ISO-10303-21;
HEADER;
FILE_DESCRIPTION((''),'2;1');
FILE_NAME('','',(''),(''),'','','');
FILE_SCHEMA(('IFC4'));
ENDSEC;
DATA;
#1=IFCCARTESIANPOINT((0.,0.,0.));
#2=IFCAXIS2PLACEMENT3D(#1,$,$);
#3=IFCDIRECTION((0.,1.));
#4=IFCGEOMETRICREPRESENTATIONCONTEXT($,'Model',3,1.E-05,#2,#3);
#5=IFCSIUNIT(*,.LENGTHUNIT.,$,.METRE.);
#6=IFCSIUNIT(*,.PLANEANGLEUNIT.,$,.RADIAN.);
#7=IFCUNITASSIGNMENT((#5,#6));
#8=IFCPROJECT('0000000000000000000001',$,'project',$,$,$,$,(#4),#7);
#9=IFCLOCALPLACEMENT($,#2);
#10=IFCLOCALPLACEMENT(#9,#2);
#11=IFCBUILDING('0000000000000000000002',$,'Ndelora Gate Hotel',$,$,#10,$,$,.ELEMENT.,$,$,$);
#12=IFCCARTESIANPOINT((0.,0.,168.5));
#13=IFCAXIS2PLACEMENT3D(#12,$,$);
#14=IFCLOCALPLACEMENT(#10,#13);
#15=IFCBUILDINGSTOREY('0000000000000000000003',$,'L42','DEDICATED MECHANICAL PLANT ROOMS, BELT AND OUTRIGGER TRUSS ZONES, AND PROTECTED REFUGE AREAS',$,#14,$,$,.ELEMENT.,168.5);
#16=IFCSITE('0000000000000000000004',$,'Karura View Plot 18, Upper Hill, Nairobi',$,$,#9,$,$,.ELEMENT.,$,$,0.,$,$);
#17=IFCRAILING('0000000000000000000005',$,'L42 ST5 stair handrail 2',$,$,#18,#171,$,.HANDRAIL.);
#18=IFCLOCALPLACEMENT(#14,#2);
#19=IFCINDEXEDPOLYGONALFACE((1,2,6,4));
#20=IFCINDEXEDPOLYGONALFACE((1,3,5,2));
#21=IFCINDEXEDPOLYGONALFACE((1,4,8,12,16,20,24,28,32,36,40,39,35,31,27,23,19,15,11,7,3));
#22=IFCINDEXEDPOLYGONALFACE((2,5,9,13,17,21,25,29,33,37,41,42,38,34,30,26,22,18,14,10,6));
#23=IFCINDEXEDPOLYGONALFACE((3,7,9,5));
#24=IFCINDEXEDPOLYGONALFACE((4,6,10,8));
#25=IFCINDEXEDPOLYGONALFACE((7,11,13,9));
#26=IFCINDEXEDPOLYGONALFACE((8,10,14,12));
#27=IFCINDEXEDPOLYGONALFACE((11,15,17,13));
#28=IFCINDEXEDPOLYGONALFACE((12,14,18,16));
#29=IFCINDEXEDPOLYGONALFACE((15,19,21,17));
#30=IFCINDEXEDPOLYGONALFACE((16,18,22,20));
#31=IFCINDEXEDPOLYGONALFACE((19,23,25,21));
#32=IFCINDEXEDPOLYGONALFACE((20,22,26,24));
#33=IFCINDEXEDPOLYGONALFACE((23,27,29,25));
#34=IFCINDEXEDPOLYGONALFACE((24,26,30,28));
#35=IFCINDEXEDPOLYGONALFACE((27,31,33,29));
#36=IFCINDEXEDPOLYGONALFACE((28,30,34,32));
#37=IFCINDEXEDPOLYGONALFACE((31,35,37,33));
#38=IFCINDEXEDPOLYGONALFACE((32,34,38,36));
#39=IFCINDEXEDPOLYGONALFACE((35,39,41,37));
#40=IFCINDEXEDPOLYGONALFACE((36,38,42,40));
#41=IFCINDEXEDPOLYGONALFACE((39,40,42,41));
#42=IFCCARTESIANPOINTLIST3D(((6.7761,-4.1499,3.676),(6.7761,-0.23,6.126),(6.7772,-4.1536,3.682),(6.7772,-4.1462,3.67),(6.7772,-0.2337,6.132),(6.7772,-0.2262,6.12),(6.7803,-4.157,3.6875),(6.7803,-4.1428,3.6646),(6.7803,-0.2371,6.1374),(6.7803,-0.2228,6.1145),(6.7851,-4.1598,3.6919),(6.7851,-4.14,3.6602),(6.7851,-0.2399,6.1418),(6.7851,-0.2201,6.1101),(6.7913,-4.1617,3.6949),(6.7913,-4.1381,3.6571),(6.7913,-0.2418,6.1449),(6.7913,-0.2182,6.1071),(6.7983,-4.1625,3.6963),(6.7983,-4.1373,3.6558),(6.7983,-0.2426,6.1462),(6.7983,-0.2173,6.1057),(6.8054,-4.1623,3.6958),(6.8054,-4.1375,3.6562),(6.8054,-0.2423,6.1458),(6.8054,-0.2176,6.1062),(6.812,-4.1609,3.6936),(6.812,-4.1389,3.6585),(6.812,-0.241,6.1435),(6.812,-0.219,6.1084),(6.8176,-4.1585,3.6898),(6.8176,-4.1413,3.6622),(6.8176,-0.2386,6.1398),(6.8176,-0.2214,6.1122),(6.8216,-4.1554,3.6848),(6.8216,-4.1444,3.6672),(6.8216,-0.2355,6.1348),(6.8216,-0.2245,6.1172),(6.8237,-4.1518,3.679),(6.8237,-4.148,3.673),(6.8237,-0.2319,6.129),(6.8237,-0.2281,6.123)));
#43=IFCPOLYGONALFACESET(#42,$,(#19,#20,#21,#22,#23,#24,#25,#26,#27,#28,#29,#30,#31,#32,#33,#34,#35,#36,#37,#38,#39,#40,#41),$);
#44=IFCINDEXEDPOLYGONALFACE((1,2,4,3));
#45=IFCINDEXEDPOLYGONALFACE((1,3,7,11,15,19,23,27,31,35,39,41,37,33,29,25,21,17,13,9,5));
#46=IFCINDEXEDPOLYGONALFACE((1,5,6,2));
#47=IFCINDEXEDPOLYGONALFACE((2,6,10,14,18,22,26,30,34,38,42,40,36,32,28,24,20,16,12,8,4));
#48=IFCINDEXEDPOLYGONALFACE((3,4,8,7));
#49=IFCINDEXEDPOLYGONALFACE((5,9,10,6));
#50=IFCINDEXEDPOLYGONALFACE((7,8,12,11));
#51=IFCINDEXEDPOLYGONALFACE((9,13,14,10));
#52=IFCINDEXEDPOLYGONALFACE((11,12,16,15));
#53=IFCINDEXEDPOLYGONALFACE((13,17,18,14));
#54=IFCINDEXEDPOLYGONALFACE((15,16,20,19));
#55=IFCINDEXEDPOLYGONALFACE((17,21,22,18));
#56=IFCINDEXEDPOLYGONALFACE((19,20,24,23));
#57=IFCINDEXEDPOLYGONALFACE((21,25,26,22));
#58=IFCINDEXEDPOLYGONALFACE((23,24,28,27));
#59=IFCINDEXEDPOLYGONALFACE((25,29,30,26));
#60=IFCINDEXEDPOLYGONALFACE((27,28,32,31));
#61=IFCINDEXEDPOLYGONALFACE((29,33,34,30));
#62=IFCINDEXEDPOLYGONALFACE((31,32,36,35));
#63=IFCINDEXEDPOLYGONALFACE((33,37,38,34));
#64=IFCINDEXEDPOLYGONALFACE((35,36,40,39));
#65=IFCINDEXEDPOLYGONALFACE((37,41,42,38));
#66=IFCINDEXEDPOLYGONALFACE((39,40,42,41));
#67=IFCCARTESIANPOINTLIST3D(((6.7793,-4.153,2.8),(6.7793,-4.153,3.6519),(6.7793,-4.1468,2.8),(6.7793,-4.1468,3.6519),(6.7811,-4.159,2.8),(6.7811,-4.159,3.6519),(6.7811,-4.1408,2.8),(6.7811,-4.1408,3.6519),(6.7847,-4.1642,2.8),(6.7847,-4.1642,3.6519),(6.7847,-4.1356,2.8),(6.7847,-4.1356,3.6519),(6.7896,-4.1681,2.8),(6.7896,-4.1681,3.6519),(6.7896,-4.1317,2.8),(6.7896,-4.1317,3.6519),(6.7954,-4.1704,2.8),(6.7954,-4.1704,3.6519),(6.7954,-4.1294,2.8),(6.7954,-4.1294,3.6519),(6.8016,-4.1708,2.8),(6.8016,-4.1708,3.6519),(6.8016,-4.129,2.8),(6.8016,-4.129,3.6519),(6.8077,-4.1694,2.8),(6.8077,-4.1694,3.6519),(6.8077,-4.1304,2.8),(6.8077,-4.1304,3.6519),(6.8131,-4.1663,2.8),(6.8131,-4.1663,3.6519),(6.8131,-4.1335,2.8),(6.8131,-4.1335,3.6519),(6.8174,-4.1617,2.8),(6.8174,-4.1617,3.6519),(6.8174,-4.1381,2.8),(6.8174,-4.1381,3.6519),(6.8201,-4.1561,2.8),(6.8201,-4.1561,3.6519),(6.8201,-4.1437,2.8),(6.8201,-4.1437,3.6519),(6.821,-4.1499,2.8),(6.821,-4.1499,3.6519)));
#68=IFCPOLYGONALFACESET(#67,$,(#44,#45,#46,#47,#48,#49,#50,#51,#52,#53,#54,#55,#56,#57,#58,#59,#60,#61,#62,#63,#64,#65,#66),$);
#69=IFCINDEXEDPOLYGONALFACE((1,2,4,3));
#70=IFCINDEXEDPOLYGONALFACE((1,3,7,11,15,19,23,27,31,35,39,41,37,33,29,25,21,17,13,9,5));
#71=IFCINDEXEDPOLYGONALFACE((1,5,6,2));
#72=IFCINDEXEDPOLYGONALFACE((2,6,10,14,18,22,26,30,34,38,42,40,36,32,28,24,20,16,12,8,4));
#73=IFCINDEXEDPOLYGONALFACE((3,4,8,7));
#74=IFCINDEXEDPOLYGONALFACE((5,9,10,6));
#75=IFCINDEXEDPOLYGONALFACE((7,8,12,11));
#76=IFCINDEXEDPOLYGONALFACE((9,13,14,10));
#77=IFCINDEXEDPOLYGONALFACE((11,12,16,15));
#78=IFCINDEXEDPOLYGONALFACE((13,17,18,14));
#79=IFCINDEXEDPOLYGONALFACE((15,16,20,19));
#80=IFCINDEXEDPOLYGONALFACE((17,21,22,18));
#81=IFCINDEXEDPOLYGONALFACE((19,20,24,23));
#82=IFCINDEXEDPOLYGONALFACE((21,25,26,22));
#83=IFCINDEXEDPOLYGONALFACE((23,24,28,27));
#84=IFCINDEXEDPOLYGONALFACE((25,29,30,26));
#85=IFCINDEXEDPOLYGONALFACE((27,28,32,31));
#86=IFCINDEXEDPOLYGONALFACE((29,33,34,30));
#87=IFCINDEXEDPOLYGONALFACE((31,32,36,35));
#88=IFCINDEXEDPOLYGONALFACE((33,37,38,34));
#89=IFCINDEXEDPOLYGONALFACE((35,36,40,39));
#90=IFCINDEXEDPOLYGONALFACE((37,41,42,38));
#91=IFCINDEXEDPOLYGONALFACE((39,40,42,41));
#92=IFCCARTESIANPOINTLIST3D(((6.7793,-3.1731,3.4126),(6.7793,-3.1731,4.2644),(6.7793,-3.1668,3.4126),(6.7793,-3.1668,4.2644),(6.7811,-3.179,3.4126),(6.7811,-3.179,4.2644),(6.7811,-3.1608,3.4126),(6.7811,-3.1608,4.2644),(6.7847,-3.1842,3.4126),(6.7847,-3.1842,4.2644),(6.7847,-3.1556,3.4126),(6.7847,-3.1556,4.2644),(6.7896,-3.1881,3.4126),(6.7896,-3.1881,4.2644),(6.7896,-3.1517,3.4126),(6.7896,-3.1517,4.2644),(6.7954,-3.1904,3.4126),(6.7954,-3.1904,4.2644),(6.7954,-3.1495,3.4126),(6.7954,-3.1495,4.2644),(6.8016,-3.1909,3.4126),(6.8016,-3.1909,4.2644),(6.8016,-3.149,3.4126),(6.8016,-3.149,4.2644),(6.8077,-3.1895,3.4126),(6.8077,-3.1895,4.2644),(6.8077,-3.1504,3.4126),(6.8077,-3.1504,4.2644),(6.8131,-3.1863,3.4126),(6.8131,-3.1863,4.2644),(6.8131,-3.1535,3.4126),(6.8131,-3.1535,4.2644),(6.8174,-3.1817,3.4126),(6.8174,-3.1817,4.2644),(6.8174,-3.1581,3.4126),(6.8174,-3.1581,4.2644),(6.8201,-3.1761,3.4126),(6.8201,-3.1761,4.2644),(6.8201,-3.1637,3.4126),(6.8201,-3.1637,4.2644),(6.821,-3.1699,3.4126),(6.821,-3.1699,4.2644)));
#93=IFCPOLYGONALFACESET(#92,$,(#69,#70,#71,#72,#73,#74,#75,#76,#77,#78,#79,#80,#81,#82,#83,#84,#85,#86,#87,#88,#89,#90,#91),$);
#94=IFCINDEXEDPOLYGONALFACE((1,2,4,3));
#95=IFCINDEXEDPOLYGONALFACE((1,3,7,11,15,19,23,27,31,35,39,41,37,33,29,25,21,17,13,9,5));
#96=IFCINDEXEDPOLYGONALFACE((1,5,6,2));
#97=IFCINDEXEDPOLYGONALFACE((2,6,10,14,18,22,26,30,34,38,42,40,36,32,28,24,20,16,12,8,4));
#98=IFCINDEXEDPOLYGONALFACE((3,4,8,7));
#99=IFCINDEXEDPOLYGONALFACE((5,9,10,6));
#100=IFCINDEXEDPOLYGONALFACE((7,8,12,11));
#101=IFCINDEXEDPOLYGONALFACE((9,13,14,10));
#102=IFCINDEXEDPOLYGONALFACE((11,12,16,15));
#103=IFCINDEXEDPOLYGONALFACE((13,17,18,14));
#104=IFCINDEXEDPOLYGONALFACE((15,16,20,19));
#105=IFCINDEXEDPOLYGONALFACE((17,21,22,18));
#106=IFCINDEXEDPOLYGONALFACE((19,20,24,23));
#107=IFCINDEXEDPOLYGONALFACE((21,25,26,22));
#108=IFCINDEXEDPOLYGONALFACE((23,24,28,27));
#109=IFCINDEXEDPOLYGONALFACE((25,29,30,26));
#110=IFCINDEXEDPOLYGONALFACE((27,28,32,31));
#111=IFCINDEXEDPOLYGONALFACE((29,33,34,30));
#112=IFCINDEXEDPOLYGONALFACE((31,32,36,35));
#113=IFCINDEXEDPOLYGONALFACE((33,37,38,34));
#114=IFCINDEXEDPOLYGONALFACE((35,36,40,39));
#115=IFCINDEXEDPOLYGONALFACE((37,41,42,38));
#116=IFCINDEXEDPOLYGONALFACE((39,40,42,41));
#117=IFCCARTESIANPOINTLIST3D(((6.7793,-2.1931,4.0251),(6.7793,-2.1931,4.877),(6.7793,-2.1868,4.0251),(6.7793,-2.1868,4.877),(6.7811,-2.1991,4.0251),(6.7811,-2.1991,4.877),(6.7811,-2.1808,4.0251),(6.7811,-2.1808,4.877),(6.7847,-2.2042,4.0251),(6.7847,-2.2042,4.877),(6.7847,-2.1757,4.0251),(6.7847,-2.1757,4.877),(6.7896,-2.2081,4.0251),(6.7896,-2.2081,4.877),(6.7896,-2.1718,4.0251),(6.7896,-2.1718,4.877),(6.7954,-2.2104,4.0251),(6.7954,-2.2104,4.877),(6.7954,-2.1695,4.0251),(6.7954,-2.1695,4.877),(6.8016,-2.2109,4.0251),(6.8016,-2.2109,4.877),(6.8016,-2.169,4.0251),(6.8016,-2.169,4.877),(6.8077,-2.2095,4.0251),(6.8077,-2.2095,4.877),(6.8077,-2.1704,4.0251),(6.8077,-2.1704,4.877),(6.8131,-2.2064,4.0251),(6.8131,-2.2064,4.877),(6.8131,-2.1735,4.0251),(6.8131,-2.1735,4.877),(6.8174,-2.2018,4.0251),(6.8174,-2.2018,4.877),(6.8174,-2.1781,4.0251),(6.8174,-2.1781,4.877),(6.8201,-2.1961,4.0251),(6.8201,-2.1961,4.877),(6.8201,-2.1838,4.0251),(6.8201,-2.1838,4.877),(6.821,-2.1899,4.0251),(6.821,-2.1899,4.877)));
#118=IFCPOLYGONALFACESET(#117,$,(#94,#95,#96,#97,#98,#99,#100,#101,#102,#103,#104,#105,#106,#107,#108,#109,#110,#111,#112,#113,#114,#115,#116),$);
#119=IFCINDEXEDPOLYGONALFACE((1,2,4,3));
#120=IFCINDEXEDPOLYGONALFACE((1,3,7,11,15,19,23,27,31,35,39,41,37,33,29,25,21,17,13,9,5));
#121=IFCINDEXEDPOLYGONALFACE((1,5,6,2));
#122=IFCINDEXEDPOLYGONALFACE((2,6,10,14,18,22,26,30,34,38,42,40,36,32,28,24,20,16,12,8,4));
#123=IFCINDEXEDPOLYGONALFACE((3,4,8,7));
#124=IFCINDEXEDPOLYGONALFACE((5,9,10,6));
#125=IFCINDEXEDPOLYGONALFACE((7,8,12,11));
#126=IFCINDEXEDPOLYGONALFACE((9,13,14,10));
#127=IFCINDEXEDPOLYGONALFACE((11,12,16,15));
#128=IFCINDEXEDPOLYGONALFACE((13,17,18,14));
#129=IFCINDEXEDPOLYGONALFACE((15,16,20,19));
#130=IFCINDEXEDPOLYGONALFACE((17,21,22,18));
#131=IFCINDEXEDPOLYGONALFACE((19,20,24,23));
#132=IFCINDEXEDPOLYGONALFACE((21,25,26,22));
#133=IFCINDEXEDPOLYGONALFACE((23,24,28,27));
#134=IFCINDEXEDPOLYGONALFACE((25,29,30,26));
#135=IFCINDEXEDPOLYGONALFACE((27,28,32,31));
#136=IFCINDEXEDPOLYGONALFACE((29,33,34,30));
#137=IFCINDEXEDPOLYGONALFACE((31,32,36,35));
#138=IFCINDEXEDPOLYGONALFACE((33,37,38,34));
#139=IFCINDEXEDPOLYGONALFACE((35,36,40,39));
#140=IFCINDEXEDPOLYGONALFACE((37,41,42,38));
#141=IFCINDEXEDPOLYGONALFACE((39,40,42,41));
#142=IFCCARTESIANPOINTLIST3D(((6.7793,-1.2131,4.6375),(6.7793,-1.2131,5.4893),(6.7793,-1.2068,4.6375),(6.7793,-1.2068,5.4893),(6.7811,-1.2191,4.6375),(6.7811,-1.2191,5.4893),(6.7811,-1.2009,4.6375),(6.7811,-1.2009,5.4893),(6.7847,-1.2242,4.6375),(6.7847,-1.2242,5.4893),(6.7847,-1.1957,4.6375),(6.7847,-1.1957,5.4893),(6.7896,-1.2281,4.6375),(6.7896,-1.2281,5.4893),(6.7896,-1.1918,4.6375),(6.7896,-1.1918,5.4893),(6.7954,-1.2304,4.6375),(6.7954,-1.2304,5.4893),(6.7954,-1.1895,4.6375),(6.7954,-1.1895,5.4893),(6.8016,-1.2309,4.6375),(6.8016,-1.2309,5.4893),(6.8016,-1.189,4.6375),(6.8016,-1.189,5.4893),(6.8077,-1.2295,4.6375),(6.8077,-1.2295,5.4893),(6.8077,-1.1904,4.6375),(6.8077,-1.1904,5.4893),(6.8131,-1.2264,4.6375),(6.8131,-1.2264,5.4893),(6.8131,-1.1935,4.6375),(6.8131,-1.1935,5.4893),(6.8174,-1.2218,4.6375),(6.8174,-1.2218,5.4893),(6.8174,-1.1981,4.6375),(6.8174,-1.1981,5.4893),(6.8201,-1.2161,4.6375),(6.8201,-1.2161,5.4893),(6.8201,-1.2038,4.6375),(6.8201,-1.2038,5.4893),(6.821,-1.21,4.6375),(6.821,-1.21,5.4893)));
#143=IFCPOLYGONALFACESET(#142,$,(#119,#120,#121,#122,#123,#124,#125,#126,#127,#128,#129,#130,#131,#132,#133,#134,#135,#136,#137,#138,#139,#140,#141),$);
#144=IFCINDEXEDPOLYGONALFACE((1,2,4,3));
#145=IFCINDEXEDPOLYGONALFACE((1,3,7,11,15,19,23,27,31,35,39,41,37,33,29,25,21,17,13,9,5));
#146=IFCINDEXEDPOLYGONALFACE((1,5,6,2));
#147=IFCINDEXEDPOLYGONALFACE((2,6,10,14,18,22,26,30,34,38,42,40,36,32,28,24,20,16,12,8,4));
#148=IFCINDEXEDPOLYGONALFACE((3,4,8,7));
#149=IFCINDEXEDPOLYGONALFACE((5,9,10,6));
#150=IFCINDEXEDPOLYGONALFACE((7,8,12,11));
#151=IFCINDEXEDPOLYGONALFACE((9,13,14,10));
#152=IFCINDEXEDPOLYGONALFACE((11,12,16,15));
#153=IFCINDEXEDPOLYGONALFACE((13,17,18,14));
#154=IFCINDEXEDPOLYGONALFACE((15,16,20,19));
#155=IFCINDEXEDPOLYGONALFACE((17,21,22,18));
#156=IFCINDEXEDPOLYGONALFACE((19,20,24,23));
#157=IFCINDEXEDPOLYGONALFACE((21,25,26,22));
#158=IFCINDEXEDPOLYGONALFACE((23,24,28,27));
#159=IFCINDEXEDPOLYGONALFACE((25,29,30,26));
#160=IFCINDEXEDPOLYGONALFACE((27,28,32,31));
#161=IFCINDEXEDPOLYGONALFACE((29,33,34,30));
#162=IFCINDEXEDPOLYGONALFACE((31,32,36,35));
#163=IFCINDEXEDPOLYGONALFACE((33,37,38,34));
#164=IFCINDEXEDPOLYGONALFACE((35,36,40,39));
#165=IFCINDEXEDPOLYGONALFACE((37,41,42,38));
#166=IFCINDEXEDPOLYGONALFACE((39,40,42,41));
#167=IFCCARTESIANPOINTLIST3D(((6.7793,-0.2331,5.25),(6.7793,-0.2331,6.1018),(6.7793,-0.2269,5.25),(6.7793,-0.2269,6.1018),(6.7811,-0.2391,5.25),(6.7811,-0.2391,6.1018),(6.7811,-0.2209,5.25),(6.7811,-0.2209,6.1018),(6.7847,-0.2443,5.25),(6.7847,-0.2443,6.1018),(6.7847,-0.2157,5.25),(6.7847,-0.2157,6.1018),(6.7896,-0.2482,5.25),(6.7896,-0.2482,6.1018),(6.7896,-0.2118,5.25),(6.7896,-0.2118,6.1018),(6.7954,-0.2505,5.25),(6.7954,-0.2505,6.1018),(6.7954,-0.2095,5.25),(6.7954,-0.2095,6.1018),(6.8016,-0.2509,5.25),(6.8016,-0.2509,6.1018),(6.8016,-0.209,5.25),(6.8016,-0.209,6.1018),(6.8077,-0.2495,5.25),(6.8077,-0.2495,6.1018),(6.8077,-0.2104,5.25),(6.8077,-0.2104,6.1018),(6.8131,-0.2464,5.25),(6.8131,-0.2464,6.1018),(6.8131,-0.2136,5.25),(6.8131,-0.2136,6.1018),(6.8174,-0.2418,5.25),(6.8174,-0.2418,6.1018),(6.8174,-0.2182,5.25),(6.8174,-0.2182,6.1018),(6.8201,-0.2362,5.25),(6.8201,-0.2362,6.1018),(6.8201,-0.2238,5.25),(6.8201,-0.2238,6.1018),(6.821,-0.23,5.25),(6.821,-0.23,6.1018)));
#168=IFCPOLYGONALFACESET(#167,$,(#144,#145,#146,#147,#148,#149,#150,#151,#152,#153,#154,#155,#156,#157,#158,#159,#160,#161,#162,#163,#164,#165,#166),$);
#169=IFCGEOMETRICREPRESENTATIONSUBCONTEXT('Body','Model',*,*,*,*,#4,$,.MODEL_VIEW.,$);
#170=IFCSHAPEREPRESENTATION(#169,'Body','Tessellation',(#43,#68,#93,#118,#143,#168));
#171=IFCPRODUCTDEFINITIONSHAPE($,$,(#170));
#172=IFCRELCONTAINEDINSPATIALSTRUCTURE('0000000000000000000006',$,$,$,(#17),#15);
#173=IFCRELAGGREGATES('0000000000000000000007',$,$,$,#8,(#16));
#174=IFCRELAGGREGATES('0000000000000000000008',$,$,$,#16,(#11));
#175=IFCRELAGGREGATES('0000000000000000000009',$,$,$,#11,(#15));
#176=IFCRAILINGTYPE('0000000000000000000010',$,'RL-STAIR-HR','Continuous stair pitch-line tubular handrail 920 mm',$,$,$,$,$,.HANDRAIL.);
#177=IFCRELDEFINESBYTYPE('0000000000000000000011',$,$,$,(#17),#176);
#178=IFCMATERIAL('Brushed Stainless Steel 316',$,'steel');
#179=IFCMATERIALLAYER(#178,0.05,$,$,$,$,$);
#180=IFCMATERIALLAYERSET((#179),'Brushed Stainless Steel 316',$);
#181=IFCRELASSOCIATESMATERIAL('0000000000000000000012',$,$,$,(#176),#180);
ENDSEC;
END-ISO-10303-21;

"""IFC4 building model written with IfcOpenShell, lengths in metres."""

from ifc_helpers import new_model, si_unit, direction, frame, origin, origin_2d, place, context, subcontext, project, spatial, circle, extrude, material, layer, layer_set, type_object, element, save


model = new_model("IFC4")

# Units and contexts
model_context = context("Model", 3, precision=1e-05, world=origin(), true_north=direction((0.0, 1.0)))
body_context = subcontext(model_context, "Body", "Model", "MODEL_VIEW")
ifc_project = project(units=[si_unit("LENGTHUNIT", "METRE"), si_unit("PLANEANGLEUNIT", "RADIAN")], contexts=[model_context])

# Site, building, storey
site_placement = place(None, origin())
site = spatial("IfcSite", under=ifc_project, at=site_placement, Name="Karura View Plot 18, Upper Hill, Nairobi", CompositionType="ELEMENT", RefElevation=0.0)
building_placement = place(site_placement, origin())
building = spatial("IfcBuilding", under=site, at=building_placement, Name="Ndelora Gate Hotel", CompositionType="ELEMENT")
storey_placement = place(building_placement, frame((0.0, 0.0, 168.5)))
storey = spatial("IfcBuildingStorey", under=building, at=storey_placement, Name="L42", Description="DEDICATED MECHANICAL PLANT ROOMS, BELT AND OUTRIGGER TRUSS ZONES, AND PROTECTED REFUGE AREAS", CompositionType="ELEMENT", Elevation=168.5)

# Railing
ifc_material_1 = material(Name="Brushed Stainless Steel 316", Category="steel")
ifc_layer_1 = layer(ifc_material_1, 0.05)
ifc_layer_set_1 = layer_set([ifc_layer_1], Name="Brushed Stainless Steel 316")
railing_type_1 = type_object("IfcRailingType", Name="RL-STAIR-HR", Description="Continuous stair pitch-line tubular handrail 920 mm", PredefinedType="HANDRAIL", material=ifc_layer_set_1)
railing_1_placement = place(storey_placement, frame((6.8, -4.1499, 2.8)))
element("IfcRailing", 1, at=railing_1_placement, inside=storey, type_object=railing_type_1, Name="L42 ST5 stair handrail 2", PredefinedType="HANDRAIL", context=body_context, shape_type="SweptSolid", body=[
    extrude(circle(Radius=0.0239, at=origin_2d()), frame((0.0, 0.0, 0.876), z_axis=(0.0, 0.847998, 0.529999), x_axis=(-1.0, 0.0, 0.0)), (0.0, 0.0, 1.0), 4.6226),
    extrude(circle(Radius=0.021, at=origin_2d()), origin(), (0.0, 0.0, 1.0), 0.8518),
    extrude(circle(Radius=0.021, at=origin_2d()), frame((0.0, 0.98, 0.6125)), (0.0, 0.0, 1.0), 0.8518),
    extrude(circle(Radius=0.021, at=origin_2d()), frame((0.0, 1.96, 1.2251)), (0.0, 0.0, 1.0), 0.8518),
    extrude(circle(Radius=0.021, at=origin_2d()), frame((0.0, 2.9399, 1.8374)), (0.0, 0.0, 1.0), 0.8518),
    extrude(circle(Radius=0.021, at=origin_2d()), frame((0.0, 3.9199, 2.45)), (0.0, 0.0, 1.0), 0.8518),
])

save(model, "model.ifc")
